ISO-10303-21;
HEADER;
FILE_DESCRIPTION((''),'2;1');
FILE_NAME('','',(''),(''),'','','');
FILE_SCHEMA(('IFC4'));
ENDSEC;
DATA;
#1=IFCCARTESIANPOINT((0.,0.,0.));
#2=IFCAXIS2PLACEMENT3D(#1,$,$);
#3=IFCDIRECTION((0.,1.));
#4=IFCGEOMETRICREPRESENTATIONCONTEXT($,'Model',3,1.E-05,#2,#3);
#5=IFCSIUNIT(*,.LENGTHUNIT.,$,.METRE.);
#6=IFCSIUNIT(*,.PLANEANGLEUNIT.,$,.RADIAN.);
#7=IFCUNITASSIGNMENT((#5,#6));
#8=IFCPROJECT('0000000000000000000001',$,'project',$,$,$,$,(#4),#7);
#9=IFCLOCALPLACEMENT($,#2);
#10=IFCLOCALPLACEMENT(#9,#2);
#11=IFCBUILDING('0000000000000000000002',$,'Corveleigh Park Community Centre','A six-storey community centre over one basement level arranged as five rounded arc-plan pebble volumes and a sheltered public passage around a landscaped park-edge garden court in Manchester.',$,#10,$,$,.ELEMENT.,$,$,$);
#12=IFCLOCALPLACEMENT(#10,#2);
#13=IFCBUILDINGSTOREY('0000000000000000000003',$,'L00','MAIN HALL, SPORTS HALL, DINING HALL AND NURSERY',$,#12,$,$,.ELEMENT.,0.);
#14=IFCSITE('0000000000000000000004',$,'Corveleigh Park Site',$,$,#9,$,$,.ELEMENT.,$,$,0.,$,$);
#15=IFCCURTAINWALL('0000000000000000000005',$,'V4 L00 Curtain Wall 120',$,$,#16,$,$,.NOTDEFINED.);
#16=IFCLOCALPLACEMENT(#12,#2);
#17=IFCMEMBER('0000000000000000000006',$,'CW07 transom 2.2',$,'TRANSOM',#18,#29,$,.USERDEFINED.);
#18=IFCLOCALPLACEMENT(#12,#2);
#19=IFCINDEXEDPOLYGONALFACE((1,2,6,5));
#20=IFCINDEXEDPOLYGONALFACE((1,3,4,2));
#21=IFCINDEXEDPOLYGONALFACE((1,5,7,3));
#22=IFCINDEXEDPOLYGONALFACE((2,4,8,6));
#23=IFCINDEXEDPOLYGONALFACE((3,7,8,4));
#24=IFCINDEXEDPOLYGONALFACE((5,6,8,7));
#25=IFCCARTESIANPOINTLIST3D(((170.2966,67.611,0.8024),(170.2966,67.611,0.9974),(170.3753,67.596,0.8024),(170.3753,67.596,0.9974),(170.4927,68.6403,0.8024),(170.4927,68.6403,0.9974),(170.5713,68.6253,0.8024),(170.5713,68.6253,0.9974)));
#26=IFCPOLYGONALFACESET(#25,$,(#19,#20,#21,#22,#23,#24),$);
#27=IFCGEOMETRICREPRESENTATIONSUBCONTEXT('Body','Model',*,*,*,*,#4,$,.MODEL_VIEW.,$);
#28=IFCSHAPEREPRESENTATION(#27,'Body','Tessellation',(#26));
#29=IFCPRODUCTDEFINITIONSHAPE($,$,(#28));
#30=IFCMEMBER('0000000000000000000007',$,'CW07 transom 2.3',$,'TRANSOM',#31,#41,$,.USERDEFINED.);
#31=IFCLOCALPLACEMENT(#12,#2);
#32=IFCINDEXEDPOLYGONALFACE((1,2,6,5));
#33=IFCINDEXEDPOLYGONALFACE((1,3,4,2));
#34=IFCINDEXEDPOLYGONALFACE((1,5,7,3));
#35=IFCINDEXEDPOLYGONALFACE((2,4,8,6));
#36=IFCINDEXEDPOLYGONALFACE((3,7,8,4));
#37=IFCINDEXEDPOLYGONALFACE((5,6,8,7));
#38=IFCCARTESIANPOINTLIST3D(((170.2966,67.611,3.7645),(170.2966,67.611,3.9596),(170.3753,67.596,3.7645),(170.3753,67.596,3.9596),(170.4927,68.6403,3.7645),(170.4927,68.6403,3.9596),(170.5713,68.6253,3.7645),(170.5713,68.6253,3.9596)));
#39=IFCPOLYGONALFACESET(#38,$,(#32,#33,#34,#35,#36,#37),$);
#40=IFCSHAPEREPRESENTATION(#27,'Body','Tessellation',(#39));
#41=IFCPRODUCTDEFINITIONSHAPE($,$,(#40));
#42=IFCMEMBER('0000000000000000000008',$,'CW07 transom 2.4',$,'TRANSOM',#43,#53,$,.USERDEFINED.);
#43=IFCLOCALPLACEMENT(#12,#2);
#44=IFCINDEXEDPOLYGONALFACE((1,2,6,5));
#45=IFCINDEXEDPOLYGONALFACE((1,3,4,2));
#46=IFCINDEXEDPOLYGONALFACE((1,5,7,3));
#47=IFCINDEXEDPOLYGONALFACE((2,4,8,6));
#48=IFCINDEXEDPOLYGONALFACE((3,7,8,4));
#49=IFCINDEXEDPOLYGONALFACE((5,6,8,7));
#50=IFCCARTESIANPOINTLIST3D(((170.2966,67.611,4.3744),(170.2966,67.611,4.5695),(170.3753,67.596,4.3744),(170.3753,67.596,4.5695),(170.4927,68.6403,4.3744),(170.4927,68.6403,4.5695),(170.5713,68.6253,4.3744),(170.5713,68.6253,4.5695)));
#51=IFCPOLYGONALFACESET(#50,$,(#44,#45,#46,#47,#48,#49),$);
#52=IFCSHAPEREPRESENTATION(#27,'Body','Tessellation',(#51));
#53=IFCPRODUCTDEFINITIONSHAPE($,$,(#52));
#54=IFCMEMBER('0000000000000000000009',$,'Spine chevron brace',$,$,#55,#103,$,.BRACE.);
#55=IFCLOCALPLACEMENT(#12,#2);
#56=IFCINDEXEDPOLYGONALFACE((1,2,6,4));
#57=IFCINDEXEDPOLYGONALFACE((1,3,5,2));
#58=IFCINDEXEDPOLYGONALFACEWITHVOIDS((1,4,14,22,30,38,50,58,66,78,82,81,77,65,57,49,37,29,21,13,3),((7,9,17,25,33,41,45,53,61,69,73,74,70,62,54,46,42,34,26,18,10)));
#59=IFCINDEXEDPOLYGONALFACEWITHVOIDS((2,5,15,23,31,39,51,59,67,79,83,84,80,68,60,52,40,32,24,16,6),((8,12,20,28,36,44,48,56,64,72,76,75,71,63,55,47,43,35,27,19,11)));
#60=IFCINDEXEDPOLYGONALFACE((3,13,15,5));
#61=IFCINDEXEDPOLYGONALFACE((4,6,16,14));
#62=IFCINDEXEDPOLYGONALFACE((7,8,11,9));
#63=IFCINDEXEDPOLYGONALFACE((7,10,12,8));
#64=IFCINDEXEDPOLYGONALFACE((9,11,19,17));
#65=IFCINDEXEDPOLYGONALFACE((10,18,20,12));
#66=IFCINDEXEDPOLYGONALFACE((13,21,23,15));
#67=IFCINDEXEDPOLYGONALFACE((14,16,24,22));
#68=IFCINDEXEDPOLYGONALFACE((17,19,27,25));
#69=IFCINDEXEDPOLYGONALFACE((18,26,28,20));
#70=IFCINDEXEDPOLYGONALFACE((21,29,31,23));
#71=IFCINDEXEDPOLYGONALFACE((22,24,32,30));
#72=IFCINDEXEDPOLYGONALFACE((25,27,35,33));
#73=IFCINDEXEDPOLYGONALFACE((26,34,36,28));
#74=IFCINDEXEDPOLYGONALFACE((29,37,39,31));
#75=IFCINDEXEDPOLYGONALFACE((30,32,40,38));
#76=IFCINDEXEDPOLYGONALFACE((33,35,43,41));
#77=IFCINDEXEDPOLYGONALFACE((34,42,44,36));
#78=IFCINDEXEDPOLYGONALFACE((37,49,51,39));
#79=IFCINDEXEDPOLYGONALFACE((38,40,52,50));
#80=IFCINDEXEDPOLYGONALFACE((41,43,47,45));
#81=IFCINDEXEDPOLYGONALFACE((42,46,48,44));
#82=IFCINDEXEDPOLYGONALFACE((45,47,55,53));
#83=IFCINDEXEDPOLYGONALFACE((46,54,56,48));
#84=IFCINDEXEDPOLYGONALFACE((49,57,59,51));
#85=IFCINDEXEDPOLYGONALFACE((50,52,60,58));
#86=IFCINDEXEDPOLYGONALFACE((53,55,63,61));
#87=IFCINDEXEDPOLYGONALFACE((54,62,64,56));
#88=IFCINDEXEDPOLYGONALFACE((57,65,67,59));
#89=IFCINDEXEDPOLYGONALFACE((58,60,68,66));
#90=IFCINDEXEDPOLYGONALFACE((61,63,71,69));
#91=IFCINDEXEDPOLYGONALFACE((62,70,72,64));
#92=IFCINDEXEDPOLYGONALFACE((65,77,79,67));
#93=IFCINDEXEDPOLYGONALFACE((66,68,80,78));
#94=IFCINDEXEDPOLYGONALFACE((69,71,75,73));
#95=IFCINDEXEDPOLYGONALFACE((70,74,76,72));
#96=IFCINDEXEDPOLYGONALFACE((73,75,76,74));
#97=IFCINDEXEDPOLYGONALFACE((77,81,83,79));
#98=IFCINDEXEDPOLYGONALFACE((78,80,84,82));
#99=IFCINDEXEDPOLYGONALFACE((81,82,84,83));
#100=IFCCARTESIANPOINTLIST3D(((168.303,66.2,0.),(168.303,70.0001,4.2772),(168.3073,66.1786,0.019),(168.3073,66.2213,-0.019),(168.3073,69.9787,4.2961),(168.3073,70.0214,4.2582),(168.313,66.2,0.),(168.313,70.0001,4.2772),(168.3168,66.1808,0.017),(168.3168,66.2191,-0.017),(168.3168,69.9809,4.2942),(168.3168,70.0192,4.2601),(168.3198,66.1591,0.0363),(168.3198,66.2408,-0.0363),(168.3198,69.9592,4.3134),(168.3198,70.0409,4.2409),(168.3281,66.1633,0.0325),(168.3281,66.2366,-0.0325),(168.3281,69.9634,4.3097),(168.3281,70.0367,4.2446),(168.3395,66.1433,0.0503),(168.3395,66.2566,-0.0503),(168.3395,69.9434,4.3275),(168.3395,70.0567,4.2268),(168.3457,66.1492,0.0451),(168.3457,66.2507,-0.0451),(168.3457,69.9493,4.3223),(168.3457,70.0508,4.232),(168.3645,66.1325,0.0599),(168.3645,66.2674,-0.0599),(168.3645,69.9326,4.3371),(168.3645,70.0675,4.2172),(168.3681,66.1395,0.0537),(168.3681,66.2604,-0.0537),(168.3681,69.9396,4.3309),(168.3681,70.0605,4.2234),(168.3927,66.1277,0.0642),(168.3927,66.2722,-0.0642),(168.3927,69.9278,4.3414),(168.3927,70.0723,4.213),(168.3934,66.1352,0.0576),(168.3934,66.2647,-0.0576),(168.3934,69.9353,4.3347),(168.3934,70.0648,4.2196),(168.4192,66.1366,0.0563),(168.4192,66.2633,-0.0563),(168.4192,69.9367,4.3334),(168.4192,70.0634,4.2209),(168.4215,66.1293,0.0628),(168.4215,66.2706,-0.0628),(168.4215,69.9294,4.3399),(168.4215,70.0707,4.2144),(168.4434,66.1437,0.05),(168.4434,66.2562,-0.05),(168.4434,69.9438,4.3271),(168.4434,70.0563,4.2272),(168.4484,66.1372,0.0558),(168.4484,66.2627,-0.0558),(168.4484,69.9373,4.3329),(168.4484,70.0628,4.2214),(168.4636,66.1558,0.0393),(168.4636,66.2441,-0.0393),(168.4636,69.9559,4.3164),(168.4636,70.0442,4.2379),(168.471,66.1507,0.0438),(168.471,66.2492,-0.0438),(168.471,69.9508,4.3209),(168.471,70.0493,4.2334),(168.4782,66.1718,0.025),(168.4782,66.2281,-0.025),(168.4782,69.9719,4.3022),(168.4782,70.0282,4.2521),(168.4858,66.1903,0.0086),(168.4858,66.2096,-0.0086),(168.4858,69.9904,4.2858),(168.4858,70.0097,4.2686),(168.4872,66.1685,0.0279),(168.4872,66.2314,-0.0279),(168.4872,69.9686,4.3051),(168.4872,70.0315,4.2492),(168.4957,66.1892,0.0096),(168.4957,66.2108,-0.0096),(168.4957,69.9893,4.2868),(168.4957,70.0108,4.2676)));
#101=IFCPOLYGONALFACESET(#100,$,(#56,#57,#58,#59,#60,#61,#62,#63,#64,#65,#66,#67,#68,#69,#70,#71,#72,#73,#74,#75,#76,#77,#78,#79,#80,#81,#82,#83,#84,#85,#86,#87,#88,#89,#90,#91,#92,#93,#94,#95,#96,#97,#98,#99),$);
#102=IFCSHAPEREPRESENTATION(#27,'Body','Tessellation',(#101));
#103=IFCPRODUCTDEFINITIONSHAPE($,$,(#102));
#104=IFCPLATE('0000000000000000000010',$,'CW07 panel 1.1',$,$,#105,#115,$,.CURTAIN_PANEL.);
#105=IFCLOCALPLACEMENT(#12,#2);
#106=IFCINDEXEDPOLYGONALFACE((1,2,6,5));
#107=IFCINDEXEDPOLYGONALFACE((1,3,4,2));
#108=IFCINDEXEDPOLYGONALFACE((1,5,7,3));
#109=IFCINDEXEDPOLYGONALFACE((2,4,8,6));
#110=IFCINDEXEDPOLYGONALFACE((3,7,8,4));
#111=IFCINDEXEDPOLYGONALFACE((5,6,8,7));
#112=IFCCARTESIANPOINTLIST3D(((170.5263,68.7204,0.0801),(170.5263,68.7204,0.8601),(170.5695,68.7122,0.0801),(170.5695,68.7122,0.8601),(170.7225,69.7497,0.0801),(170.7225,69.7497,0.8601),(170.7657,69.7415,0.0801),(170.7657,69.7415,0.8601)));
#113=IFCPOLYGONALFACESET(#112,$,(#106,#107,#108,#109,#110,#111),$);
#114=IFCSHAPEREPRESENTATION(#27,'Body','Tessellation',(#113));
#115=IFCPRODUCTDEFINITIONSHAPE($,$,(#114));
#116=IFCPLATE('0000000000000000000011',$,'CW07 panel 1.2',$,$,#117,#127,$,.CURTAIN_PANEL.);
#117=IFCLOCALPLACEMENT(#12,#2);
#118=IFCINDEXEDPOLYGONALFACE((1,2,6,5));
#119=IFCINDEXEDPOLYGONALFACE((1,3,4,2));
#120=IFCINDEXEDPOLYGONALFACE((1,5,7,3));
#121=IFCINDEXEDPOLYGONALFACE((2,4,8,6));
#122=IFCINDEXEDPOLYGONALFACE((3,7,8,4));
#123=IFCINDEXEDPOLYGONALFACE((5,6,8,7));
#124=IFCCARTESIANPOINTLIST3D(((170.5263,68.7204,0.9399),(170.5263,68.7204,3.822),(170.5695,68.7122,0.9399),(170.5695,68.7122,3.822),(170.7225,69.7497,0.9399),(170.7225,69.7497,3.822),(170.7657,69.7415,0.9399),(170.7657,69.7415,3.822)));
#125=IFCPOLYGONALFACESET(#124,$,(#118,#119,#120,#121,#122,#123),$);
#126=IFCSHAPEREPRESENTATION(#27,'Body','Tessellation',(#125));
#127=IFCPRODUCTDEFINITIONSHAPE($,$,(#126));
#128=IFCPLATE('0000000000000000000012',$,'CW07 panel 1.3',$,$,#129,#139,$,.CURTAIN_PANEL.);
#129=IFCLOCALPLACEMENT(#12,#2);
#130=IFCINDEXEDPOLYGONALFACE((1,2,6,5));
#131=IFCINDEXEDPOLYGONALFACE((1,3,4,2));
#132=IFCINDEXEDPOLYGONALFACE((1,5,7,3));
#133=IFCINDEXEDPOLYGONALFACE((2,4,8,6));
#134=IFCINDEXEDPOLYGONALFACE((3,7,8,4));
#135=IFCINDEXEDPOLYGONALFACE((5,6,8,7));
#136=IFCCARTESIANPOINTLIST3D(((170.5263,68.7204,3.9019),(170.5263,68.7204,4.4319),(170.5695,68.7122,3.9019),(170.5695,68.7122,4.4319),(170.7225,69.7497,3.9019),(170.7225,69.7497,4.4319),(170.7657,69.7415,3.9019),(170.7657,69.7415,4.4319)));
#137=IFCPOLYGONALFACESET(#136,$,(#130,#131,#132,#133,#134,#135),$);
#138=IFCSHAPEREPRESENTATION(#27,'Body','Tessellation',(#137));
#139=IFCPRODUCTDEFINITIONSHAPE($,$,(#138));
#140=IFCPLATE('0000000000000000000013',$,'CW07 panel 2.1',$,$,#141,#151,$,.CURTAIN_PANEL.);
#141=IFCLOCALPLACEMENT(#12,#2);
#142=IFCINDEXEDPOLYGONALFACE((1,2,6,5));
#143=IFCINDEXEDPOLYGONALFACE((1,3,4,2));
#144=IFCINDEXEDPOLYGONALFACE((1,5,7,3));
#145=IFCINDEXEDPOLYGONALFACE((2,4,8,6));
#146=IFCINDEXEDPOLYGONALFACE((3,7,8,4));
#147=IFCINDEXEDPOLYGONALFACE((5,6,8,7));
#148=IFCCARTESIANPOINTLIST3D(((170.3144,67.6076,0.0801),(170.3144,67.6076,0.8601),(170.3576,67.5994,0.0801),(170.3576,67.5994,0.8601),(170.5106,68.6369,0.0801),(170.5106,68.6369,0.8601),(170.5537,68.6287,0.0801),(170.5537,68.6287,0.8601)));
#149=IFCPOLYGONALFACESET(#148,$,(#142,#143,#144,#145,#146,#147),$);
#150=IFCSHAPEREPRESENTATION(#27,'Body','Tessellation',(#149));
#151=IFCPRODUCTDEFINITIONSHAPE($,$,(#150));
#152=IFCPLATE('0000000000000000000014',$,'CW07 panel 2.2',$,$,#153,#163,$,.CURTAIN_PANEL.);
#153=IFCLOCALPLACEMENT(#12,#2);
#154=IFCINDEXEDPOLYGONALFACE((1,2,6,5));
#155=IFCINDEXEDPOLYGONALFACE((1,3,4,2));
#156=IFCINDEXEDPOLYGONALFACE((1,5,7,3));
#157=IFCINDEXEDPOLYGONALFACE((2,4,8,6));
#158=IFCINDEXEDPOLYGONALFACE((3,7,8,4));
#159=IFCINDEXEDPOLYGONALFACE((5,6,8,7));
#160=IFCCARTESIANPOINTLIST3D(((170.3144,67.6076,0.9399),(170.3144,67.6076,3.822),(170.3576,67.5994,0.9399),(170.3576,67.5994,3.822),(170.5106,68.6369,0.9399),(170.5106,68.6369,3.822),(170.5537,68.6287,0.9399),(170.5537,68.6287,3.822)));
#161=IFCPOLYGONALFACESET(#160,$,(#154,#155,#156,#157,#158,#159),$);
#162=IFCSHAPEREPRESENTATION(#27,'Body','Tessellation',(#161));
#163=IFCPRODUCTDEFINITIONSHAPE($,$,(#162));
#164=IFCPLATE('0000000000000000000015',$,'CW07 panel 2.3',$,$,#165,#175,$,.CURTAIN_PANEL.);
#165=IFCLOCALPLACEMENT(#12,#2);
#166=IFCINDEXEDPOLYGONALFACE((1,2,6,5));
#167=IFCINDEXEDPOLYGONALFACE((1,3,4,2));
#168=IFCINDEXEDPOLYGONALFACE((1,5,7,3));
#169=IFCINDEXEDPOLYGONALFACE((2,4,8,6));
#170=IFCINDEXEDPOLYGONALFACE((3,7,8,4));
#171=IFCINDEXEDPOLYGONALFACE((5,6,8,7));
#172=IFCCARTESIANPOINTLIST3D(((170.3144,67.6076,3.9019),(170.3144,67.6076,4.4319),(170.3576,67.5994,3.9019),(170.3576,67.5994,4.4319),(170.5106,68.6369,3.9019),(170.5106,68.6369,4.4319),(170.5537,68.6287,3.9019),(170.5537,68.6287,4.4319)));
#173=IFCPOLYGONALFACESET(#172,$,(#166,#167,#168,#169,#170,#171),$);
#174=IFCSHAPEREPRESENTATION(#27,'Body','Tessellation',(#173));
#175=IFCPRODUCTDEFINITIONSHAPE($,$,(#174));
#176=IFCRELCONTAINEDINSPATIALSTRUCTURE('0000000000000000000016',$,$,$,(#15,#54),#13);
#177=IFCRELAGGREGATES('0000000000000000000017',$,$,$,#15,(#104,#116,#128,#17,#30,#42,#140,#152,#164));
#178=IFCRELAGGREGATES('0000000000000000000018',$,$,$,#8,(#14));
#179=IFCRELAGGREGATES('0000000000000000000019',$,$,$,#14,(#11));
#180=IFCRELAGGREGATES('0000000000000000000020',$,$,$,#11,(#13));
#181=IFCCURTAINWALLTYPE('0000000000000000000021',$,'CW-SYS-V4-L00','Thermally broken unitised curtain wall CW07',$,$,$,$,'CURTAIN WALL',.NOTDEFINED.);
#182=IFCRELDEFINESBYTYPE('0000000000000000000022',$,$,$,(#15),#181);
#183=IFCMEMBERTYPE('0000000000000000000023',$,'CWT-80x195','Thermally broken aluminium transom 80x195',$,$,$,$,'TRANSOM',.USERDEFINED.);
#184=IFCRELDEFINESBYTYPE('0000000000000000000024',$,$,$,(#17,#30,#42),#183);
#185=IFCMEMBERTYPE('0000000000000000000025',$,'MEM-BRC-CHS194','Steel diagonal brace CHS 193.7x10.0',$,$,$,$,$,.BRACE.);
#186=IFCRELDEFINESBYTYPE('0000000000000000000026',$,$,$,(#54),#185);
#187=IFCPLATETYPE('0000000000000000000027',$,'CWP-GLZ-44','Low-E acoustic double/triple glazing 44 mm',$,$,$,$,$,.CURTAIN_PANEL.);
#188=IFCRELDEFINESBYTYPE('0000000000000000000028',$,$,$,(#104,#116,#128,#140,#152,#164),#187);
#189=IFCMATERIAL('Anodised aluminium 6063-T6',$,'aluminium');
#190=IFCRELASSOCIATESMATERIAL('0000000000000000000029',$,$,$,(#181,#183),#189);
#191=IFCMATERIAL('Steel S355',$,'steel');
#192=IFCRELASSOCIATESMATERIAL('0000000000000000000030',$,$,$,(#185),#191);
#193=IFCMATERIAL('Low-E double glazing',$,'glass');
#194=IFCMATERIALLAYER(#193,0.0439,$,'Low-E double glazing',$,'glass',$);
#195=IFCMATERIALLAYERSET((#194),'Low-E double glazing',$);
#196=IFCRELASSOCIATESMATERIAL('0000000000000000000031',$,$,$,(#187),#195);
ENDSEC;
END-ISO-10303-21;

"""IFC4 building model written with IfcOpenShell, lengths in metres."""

from ifc_helpers import new_model, si_unit, direction, frame, origin, origin_2d, place, context, subcontext, project, spatial, rectangle, hollow_circle, extrude, material, layer, layer_set, material_profile, profile_set, type_object, element, aggregate, save


model = new_model("IFC4")

# Units and contexts
model_context = context("Model", 3, precision=1e-05, world=origin(), true_north=direction((0.0, 1.0)))
body_context = subcontext(model_context, "Body", "Model", "MODEL_VIEW")
ifc_project = project(units=[si_unit("LENGTHUNIT", "METRE"), si_unit("PLANEANGLEUNIT", "RADIAN")], contexts=[model_context])

# Site, building, storey
site_placement = place(None, origin())
site = spatial("IfcSite", under=ifc_project, at=site_placement, Name="Corveleigh Park Site", CompositionType="ELEMENT", RefElevation=0.0)
building_placement = place(site_placement, origin())
building = spatial("IfcBuilding", under=site, at=building_placement, Name="Corveleigh Park Community Centre", Description="A six-storey community centre over one basement level arranged as five rounded arc-plan pebble volumes and a sheltered public passage around a landscaped park-edge garden court in Manchester.", CompositionType="ELEMENT")
storey_placement = place(building_placement, origin())
storey = spatial("IfcBuildingStorey", under=building, at=storey_placement, Name="L00", Description="MAIN HALL, SPORTS HALL, DINING HALL AND NURSERY", CompositionType="ELEMENT", Elevation=0.0)

# Shared definitions
ifc_material_1 = material(Name="Steel S355", Category="steel")

# Curtain wall, members
ifc_material_2 = material(Name="Anodised aluminium 6063-T6", Category="aluminium")
curtain_wall_type = type_object("IfcCurtainWallType", Name="CW-SYS-V4-L00", Description="Thermally broken unitised curtain wall CW07", ElementType="CURTAIN WALL", PredefinedType="NOTDEFINED", material=ifc_material_2)
curtain_wall_placement = place(storey_placement, origin())
curtain_wall = element("IfcCurtainWall", 1, at=curtain_wall_placement, inside=storey, type_object=curtain_wall_type, Name="V4 L00 Curtain Wall 120", PredefinedType="NOTDEFINED")
ifc_material_profile_1 = material_profile(ifc_material_2, rectangle(XDim=0.0801, YDim=0.1951, at=origin_2d()), Name="ALU-T80x195", Category="aluminium")
ifc_profile_set_1 = profile_set([ifc_material_profile_1], Name="Anodised aluminium 6063-T6")
member_type_1 = type_object("IfcMemberType", Name="CWT-80x195", Description="Thermally broken aluminium transom 80x195", ElementType="TRANSOM", PredefinedType="USERDEFINED", material=ifc_profile_set_1)
member_1_placement = place(storey_placement, frame((170.532, 68.6328, 0.8999), z_axis=(-0.187101, -0.982341, 0.0), x_axis=(0.982341, -0.187101, 0.0)))
member_1 = element("IfcMember", 2, at=member_1_placement, type_object=member_type_1, Name="CW07 transom 2.2", ObjectType="TRANSOM", PredefinedType="USERDEFINED", context=body_context, shape_type="SweptSolid", body=[
    extrude(rectangle(XDim=0.0801, YDim=0.1951, at=origin_2d()), origin(), (0.0, 0.0, 1.0), 1.0479),
])
member_2_placement = place(storey_placement, frame((170.532, 68.6328, 3.8621), z_axis=(-0.187101, -0.982341, 0.0), x_axis=(0.982341, -0.187101, 0.0)))
member_2 = element("IfcMember", 3, at=member_2_placement, type_object=member_type_1, Name="CW07 transom 2.3", ObjectType="TRANSOM", PredefinedType="USERDEFINED", context=body_context, shape_type="SweptSolid", body=[
    extrude(rectangle(XDim=0.0801, YDim=0.1951, at=origin_2d()), origin(), (0.0, 0.0, 1.0), 1.0479),
])
member_3_placement = place(storey_placement, frame((170.532, 68.6328, 4.4719), z_axis=(-0.187101, -0.982341, 0.0), x_axis=(0.982341, -0.187101, 0.0)))
member_3 = element("IfcMember", 4, at=member_3_placement, type_object=member_type_1, Name="CW07 transom 2.4", ObjectType="TRANSOM", PredefinedType="USERDEFINED", context=body_context, shape_type="SweptSolid", body=[
    extrude(rectangle(XDim=0.0801, YDim=0.1951, at=origin_2d()), origin(), (0.0, 0.0, 1.0), 1.0479),
])

# Member
ifc_material_profile_2 = material_profile(ifc_material_1, hollow_circle(Radius=0.0969, WallThickness=0.01, at=origin_2d()), Name="CHS 193.7x10.0", Category="steel")
ifc_profile_set_2 = profile_set([ifc_material_profile_2], Name="Steel S355")
member_type_2 = type_object("IfcMemberType", Name="MEM-BRC-CHS194", Description="Steel diagonal brace CHS 193.7x10.0", PredefinedType="BRACE", material=ifc_profile_set_2)
member_4_placement = place(storey_placement, frame((168.3999, 66.2, 0.0), z_axis=(0.0, 0.664186, 0.747567), x_axis=(-1.0, 0.0, 0.0)))
element("IfcMember", 5, at=member_4_placement, inside=storey, type_object=member_type_2, Name="Spine chevron brace", PredefinedType="BRACE", context=body_context, shape_type="SweptSolid", body=[
    extrude(hollow_circle(Radius=0.0969, WallThickness=0.01, at=origin_2d()), origin(), (0.0, 0.0, 1.0), 5.7214),
])

# Plates
ifc_material_3 = material(Name="Low-E double glazing", Category="glass")
ifc_layer_1 = layer(ifc_material_3, 0.0439, Name="Low-E double glazing", Category="glass")
ifc_layer_set_1 = layer_set([ifc_layer_1], Name="Low-E double glazing")
plate_type = type_object("IfcPlateType", Name="CWP-GLZ-44", Description="Low-E acoustic double/triple glazing 44 mm", PredefinedType="CURTAIN_PANEL", material=ifc_layer_set_1)
plate_1_placement = place(storey_placement, frame((170.646, 69.231, 0.0801), z_axis=(0.0, 0.0, 1.0), x_axis=(-0.18719, -0.982324, 0.0)))
plate_1 = element("IfcPlate", 6, at=plate_1_placement, type_object=plate_type, Name="CW07 panel 1.1", PredefinedType="CURTAIN_PANEL", context=body_context, shape_type="SweptSolid", body=[
    extrude(rectangle(XDim=1.0479, YDim=0.0439, at=origin_2d()), origin(), (0.0, 0.0, 1.0), 0.78),
])
plate_2_placement = place(storey_placement, frame((170.646, 69.231, 0.9399), z_axis=(0.0, 0.0, 1.0), x_axis=(-0.18719, -0.982324, 0.0)))
plate_2 = element("IfcPlate", 7, at=plate_2_placement, type_object=plate_type, Name="CW07 panel 1.2", PredefinedType="CURTAIN_PANEL", context=body_context, shape_type="SweptSolid", body=[
    extrude(rectangle(XDim=1.0479, YDim=0.0439, at=origin_2d()), origin(), (0.0, 0.0, 1.0), 2.8821),
])
plate_3_placement = place(storey_placement, frame((170.646, 69.231, 3.9019), z_axis=(0.0, 0.0, 1.0), x_axis=(-0.18719, -0.982324, 0.0)))
plate_3 = element("IfcPlate", 8, at=plate_3_placement, type_object=plate_type, Name="CW07 panel 1.3", PredefinedType="CURTAIN_PANEL", context=body_context, shape_type="SweptSolid", body=[
    extrude(rectangle(XDim=1.0479, YDim=0.0439, at=origin_2d()), origin(), (0.0, 0.0, 1.0), 0.53),
])
plate_4_placement = place(storey_placement, frame((170.4341, 68.1182, 0.0801), z_axis=(0.0, 0.0, 1.0), x_axis=(-0.18719, -0.982324, 0.0)))
plate_4 = element("IfcPlate", 9, at=plate_4_placement, type_object=plate_type, Name="CW07 panel 2.1", PredefinedType="CURTAIN_PANEL", context=body_context, shape_type="SweptSolid", body=[
    extrude(rectangle(XDim=1.0479, YDim=0.0439, at=origin_2d()), origin(), (0.0, 0.0, 1.0), 0.78),
])
plate_5_placement = place(storey_placement, frame((170.4341, 68.1182, 0.9399), z_axis=(0.0, 0.0, 1.0), x_axis=(-0.18719, -0.982324, 0.0)))
plate_5 = element("IfcPlate", 10, at=plate_5_placement, type_object=plate_type, Name="CW07 panel 2.2", PredefinedType="CURTAIN_PANEL", context=body_context, shape_type="SweptSolid", body=[
    extrude(rectangle(XDim=1.0479, YDim=0.0439, at=origin_2d()), origin(), (0.0, 0.0, 1.0), 2.8821),
])
plate_6_placement = place(storey_placement, frame((170.4341, 68.1182, 3.9019), z_axis=(0.0, 0.0, 1.0), x_axis=(-0.18719, -0.982324, 0.0)))
plate_6 = element("IfcPlate", 11, at=plate_6_placement, type_object=plate_type, Name="CW07 panel 2.3", PredefinedType="CURTAIN_PANEL", context=body_context, shape_type="SweptSolid", body=[
    extrude(rectangle(XDim=1.0479, YDim=0.0439, at=origin_2d()), origin(), (0.0, 0.0, 1.0), 0.53),
])
aggregate(curtain_wall, [plate_1, plate_2, plate_3, member_1, member_2, member_3, plate_4, plate_5, plate_6])

save(model, "model.ifc")
